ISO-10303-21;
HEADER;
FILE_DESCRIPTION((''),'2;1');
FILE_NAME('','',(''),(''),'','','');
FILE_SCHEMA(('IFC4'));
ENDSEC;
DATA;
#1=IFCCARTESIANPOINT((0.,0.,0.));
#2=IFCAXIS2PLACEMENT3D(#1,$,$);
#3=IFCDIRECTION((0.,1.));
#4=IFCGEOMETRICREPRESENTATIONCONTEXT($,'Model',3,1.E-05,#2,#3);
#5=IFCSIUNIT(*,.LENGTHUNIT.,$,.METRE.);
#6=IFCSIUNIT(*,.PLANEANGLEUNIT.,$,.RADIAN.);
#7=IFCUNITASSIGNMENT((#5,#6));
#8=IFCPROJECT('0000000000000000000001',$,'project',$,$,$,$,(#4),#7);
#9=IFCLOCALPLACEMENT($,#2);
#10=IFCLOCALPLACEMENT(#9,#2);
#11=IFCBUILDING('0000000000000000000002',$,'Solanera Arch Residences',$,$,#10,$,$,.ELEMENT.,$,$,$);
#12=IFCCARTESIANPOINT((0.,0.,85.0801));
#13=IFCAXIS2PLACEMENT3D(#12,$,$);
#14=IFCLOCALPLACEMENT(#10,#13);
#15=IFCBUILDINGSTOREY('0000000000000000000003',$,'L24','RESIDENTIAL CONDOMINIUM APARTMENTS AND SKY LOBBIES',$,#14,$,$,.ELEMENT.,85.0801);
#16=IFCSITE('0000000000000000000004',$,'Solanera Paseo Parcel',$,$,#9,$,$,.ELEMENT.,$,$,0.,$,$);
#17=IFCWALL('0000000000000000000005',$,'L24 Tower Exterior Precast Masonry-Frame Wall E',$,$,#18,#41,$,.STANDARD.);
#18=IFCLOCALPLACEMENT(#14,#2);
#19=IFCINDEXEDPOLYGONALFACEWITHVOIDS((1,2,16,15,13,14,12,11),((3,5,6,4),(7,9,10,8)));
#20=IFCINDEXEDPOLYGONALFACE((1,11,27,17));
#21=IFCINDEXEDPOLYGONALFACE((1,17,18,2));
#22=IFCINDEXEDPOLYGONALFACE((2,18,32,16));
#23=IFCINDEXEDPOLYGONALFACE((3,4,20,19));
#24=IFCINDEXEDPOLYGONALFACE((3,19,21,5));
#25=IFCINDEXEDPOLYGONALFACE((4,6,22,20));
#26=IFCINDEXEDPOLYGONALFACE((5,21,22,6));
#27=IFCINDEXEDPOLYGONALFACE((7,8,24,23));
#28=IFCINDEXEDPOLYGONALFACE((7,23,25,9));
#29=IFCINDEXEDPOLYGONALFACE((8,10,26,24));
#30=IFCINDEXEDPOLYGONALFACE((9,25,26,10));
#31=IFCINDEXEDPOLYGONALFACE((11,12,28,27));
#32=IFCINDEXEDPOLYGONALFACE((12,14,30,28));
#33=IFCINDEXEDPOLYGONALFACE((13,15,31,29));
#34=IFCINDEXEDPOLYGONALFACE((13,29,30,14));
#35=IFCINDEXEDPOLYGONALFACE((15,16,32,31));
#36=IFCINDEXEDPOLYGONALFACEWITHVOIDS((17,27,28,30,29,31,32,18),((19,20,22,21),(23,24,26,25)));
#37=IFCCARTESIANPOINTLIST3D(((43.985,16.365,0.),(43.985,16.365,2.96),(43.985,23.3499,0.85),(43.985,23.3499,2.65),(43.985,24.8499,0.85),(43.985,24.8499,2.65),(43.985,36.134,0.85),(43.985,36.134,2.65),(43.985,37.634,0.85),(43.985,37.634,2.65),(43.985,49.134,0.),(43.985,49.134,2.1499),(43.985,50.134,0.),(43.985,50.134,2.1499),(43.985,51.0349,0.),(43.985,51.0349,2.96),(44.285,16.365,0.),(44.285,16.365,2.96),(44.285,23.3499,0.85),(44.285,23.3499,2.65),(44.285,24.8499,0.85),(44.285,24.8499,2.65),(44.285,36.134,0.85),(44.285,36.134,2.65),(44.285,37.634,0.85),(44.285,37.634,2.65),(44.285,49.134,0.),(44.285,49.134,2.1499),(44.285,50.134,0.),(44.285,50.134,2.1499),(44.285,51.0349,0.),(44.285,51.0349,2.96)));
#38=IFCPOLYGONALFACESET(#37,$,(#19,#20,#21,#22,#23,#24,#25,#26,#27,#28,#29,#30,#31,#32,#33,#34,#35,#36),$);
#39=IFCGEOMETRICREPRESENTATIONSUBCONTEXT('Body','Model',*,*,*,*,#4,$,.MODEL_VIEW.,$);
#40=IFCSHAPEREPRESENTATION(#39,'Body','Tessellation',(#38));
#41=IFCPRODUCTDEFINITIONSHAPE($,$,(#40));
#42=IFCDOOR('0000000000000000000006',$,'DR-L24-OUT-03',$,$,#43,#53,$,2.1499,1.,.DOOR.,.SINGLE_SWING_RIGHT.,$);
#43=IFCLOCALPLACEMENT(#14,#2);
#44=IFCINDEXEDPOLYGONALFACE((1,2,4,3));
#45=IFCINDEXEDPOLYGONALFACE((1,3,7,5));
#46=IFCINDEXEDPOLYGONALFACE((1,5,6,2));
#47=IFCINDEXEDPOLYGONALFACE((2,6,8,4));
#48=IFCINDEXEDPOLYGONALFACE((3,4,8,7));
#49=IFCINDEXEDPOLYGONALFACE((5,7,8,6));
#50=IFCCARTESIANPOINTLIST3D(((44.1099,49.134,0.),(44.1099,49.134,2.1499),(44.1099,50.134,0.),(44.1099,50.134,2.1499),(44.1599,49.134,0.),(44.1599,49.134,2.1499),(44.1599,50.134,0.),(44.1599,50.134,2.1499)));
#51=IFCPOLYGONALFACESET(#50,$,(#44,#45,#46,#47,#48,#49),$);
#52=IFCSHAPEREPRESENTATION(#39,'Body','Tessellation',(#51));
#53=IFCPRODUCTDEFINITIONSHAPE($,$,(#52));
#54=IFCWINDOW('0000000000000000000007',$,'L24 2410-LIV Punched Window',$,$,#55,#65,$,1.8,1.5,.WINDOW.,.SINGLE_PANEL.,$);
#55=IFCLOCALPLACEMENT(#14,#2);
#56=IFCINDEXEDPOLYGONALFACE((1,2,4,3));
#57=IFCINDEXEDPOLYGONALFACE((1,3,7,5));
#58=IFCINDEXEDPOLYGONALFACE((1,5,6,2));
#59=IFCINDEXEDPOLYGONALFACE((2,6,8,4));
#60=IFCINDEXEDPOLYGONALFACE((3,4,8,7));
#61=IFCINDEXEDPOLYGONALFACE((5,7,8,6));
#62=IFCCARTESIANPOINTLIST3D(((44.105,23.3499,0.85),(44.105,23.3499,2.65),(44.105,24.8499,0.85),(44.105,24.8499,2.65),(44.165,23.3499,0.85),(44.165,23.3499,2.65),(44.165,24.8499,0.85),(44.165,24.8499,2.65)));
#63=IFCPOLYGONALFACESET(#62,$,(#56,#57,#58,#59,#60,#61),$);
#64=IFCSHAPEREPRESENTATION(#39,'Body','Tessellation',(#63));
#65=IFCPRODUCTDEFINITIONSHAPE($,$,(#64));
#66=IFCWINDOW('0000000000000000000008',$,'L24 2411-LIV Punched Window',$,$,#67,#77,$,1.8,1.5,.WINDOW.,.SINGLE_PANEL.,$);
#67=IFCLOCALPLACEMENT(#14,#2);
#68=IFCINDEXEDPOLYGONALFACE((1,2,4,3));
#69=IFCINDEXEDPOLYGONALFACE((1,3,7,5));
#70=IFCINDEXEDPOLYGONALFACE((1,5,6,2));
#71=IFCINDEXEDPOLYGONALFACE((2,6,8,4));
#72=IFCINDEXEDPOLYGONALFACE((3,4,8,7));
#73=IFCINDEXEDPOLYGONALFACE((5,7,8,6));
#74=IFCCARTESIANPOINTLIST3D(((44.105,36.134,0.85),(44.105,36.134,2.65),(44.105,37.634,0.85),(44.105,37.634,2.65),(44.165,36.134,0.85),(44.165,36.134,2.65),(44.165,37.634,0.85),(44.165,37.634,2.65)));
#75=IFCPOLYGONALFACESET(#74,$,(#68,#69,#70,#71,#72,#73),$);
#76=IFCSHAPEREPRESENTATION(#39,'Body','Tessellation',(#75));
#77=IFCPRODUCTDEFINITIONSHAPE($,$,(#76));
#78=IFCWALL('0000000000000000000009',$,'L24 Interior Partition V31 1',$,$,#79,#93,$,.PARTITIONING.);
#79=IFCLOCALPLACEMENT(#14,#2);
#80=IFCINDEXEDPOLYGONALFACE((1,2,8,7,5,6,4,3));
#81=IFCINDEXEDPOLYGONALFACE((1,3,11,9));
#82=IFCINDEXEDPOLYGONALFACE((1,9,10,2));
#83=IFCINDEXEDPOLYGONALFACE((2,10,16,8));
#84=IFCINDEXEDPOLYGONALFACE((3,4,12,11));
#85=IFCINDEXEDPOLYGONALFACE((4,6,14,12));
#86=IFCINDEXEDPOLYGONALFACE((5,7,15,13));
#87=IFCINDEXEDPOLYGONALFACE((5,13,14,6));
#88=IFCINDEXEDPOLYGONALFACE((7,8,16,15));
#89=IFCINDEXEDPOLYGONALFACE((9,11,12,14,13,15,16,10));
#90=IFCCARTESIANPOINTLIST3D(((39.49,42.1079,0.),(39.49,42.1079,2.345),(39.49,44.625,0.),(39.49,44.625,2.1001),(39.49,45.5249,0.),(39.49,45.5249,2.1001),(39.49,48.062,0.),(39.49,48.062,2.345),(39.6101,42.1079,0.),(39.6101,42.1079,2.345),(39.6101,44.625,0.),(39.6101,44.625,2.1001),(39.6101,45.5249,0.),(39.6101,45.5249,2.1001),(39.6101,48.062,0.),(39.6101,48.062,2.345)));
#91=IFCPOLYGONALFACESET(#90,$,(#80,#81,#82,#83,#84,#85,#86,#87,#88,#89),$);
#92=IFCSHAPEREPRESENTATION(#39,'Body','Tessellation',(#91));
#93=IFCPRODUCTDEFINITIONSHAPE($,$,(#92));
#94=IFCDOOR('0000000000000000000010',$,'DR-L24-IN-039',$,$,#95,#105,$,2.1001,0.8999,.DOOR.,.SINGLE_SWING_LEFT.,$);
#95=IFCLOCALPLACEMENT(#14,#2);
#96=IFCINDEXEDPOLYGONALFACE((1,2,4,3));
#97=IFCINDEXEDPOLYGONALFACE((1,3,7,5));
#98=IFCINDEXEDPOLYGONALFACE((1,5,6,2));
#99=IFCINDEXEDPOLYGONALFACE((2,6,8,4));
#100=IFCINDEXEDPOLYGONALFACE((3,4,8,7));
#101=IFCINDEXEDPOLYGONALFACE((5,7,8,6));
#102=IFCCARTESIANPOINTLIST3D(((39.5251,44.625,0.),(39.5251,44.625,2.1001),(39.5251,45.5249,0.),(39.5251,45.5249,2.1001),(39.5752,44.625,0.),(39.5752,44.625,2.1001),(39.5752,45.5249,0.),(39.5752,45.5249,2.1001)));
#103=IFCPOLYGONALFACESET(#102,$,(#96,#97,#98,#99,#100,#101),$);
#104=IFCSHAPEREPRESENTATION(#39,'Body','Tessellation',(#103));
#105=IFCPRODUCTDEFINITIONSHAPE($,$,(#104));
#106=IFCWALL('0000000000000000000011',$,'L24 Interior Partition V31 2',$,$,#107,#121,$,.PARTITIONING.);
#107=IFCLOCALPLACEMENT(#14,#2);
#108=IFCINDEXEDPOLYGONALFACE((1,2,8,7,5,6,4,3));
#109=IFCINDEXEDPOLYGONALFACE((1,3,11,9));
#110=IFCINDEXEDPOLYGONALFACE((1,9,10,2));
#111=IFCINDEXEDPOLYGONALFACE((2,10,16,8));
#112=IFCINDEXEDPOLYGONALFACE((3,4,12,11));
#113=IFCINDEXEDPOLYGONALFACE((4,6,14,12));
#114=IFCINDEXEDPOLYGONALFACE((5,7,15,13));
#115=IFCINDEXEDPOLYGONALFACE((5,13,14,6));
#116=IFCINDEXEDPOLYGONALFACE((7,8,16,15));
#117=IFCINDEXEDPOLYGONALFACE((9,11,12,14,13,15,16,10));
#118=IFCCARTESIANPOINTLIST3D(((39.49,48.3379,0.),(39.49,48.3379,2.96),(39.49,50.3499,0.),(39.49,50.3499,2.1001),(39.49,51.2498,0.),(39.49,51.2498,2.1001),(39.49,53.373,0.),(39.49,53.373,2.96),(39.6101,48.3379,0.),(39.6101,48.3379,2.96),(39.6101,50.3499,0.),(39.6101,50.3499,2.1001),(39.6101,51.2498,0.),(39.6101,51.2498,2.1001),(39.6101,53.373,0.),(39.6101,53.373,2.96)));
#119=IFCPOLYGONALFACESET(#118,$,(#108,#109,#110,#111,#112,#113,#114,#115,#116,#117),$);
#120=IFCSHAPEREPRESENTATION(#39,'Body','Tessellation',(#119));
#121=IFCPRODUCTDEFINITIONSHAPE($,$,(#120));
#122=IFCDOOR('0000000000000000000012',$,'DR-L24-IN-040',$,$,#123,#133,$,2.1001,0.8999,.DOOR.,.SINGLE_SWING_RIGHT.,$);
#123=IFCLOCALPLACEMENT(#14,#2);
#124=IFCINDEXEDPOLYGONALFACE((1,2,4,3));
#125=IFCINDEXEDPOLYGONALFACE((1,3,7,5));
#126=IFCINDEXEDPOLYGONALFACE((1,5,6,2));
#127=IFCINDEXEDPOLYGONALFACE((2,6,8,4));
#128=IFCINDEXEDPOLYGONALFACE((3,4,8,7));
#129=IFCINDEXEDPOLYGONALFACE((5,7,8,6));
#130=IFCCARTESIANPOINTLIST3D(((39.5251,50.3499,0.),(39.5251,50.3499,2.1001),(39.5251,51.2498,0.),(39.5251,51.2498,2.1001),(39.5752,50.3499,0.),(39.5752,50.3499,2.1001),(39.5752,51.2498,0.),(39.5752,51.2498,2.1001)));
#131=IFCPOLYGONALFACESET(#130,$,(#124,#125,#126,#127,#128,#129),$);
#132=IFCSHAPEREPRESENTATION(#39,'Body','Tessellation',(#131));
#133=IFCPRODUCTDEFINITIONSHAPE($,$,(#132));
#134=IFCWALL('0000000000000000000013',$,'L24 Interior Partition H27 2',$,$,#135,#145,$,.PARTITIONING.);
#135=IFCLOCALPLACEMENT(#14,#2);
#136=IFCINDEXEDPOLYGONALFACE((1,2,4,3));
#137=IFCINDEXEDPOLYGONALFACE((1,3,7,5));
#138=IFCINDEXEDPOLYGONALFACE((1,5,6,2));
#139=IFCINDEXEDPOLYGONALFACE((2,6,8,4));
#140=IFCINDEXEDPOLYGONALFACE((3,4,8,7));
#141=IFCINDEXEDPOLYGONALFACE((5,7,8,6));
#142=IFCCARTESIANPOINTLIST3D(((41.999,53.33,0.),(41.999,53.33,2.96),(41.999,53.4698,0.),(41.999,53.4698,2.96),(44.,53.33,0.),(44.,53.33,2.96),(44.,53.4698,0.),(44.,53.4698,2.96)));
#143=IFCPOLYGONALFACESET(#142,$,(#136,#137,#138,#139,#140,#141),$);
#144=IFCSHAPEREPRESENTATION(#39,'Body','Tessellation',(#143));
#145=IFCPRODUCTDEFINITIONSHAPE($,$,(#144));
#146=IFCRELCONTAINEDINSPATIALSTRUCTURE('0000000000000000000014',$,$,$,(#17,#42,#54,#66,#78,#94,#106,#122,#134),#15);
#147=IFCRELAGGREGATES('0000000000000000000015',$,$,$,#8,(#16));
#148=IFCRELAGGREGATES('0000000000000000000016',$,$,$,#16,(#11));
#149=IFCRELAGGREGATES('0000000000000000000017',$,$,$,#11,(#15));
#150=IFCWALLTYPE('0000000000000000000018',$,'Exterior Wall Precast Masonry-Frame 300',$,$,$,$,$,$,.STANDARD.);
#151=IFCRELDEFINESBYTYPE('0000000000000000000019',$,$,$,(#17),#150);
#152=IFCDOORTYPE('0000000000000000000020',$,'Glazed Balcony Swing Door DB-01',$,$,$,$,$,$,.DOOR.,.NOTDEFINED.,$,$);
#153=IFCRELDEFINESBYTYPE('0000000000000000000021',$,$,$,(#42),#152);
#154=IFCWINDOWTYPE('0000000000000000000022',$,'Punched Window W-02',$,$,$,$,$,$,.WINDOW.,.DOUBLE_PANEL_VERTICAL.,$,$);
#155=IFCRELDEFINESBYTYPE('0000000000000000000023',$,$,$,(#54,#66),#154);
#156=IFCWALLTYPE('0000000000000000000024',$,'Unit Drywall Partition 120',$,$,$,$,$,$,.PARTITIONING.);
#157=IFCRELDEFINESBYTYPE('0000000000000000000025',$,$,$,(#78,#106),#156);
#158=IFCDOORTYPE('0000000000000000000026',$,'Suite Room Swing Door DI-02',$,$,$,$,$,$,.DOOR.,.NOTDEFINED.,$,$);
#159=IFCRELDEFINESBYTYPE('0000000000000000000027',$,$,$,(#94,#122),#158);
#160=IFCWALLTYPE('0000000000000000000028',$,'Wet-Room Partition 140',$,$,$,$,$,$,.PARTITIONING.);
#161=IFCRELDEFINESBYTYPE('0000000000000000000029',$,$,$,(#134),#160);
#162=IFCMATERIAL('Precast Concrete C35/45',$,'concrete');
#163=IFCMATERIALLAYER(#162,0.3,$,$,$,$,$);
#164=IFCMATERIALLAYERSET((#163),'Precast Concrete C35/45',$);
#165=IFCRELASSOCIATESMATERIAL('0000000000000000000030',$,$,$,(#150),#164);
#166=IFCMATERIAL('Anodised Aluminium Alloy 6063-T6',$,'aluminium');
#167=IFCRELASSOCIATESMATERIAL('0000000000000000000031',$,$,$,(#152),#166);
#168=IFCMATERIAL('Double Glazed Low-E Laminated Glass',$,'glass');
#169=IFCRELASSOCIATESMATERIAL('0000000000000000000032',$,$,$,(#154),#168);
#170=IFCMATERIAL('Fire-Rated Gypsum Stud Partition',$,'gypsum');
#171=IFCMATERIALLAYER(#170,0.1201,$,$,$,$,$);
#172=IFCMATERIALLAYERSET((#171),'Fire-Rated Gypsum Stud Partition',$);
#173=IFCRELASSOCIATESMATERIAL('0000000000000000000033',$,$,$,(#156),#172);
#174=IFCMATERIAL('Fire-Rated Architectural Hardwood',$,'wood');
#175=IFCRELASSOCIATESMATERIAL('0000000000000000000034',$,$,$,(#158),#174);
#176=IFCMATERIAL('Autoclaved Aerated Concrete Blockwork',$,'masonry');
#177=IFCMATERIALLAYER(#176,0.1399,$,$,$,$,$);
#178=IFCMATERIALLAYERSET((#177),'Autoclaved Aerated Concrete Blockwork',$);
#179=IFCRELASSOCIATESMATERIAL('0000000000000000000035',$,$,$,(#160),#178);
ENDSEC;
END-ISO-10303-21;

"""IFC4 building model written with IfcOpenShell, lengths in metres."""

from ifc_helpers import new_model, si_unit, direction, frame, frame_2d, origin, place, context, subcontext, project, spatial, rectangle, extrude, material, layer, layer_set, type_object, element, fill, save


model = new_model("IFC4")

# Units and contexts
model_context = context("Model", 3, precision=1e-05, world=origin(), true_north=direction((0.0, 1.0)))
body_context = subcontext(model_context, "Body", "Model", "MODEL_VIEW")
ifc_project = project(units=[si_unit("LENGTHUNIT", "METRE"), si_unit("PLANEANGLEUNIT", "RADIAN")], contexts=[model_context])

# Site, building, storey
site_placement = place(None, origin())
site = spatial("IfcSite", under=ifc_project, at=site_placement, Name="Solanera Paseo Parcel", CompositionType="ELEMENT", RefElevation=0.0)
building_placement = place(site_placement, origin())
building = spatial("IfcBuilding", under=site, at=building_placement, Name="Solanera Arch Residences", CompositionType="ELEMENT")
storey_placement = place(building_placement, frame((0.0, 0.0, 85.0801)))
storey = spatial("IfcBuildingStorey", under=building, at=storey_placement, Name="L24", Description="RESIDENTIAL CONDOMINIUM APARTMENTS AND SKY LOBBIES", CompositionType="ELEMENT", Elevation=85.0801)

# Shared definitions
ifc_material_1 = material(Name="Precast Concrete C35/45", Category="concrete")
ifc_layer_1 = layer(ifc_material_1, 0.3)
ifc_layer_set_1 = layer_set([ifc_layer_1], Name="Precast Concrete C35/45")
wall_type_1 = type_object("IfcWallType", Name="Exterior Wall Precast Masonry-Frame 300", PredefinedType="STANDARD", material=ifc_layer_set_1)

# Wall, openings, door, windows
wall_1_placement = place(storey_placement, frame((44.135, 51.0349, 0.0), z_axis=(0.0, 0.0, 1.0), x_axis=(0.0, -1.0, 0.0)))
wall_1 = element("IfcWall", 1, at=wall_1_placement, inside=storey, type_object=wall_type_1, Name="L24 Tower Exterior Precast Masonry-Frame Wall E", PredefinedType="STANDARD", context=body_context, shape_type="SweptSolid", body=[
    extrude(rectangle(XDim=34.6699, YDim=0.3, at=frame_2d((17.335, 0.0))), origin(), (0.0, 0.0, 1.0), 2.96),
])
opening_1_placement = place(wall_1_placement, frame((0.9009, 0.0, 0.0)))
opening_1 = element("IfcOpeningElement", 2, at=opening_1_placement, cuts=wall_1, PredefinedType="OPENING", context=body_context, shape_type="SweptSolid", body=[
    extrude(rectangle(XDim=1.0, YDim=2.1499, at=frame_2d((0.5, 1.075))), frame((0.0, 0.1599, 0.0), z_axis=(0.0, -1.0, 0.0), x_axis=(1.0, 0.0, 0.0)), (0.0, 0.0, 1.0), 0.32),
])
opening_2_placement = place(wall_1_placement, frame((26.1851, 0.0, 0.8501)))
opening_2 = element("IfcOpeningElement", 3, at=opening_2_placement, cuts=wall_1, PredefinedType="OPENING", context=body_context, shape_type="SweptSolid", body=[
    extrude(rectangle(XDim=1.5, YDim=1.8, at=frame_2d((0.75, 0.8999))), frame((0.0, 0.1599, 0.0), z_axis=(0.0, -1.0, 0.0), x_axis=(1.0, 0.0, 0.0)), (0.0, 0.0, 1.0), 0.32),
])
opening_3_placement = place(wall_1_placement, frame((13.4009, 0.0, 0.8501)))
opening_3 = element("IfcOpeningElement", 4, at=opening_3_placement, cuts=wall_1, PredefinedType="OPENING", context=body_context, shape_type="SweptSolid", body=[
    extrude(rectangle(XDim=1.5, YDim=1.8, at=frame_2d((0.75, 0.8999))), frame((0.0, 0.1599, 0.0), z_axis=(0.0, -1.0, 0.0), x_axis=(1.0, 0.0, 0.0)), (0.0, 0.0, 1.0), 0.32),
])
ifc_material_2 = material(Name="Anodised Aluminium Alloy 6063-T6", Category="aluminium")
door_type_1 = type_object("IfcDoorType", Name="Glazed Balcony Swing Door DB-01", OperationType="NOTDEFINED", PredefinedType="DOOR", material=ifc_material_2)
door_1_placement = place(opening_1_placement, origin())
door_1 = element("IfcDoor", 5, at=door_1_placement, inside=storey, type_object=door_type_1, Name="DR-L24-OUT-03", OperationType="SINGLE_SWING_RIGHT", OverallHeight=2.1499, OverallWidth=1.0, PredefinedType="DOOR", context=body_context, shape_type="SweptSolid", body=[
    extrude(rectangle(XDim=1.0, YDim=2.1499, at=frame_2d((0.5, 1.075))), frame((0.0, 0.0249, 0.0), z_axis=(0.0, -1.0, 0.0), x_axis=(1.0, 0.0, 0.0)), (0.0, 0.0, 1.0), 0.05),
])
fill(opening_1, door_1)
ifc_material_3 = material(Name="Double Glazed Low-E Laminated Glass", Category="glass")
window_type = type_object("IfcWindowType", Name="Punched Window W-02", PartitioningType="DOUBLE_PANEL_VERTICAL", PredefinedType="WINDOW", material=ifc_material_3)
window_1_placement = place(opening_2_placement, origin())
window_1 = element("IfcWindow", 6, at=window_1_placement, inside=storey, type_object=window_type, Name="L24 2410-LIV Punched Window", OverallHeight=1.8, OverallWidth=1.5, PartitioningType="SINGLE_PANEL", PredefinedType="WINDOW", context=body_context, shape_type="SweptSolid", body=[
    extrude(rectangle(XDim=1.5, YDim=1.8, at=frame_2d((0.75, 0.8999))), frame((0.0, 0.03, 0.0), z_axis=(0.0, -1.0, 0.0), x_axis=(1.0, 0.0, 0.0)), (0.0, 0.0, 1.0), 0.0601),
])
fill(opening_2, window_1)
window_2_placement = place(opening_3_placement, origin())
window_2 = element("IfcWindow", 7, at=window_2_placement, inside=storey, type_object=window_type, Name="L24 2411-LIV Punched Window", OverallHeight=1.8, OverallWidth=1.5, PartitioningType="SINGLE_PANEL", PredefinedType="WINDOW", context=body_context, shape_type="SweptSolid", body=[
    extrude(rectangle(XDim=1.5, YDim=1.8, at=frame_2d((0.75, 0.8999))), frame((0.0, 0.03, 0.0), z_axis=(0.0, -1.0, 0.0), x_axis=(1.0, 0.0, 0.0)), (0.0, 0.0, 1.0), 0.0601),
])
fill(opening_3, window_2)

# Walls, openings, doors
ifc_material_4 = material(Name="Fire-Rated Gypsum Stud Partition", Category="gypsum")
ifc_layer_2 = layer(ifc_material_4, 0.1201)
ifc_layer_set_2 = layer_set([ifc_layer_2], Name="Fire-Rated Gypsum Stud Partition")
wall_type_2 = type_object("IfcWallType", Name="Unit Drywall Partition 120", PredefinedType="PARTITIONING", material=ifc_layer_set_2)
wall_2_placement = place(storey_placement, frame((39.55, 42.1079, 0.0), z_axis=(0.0, 0.0, 1.0), x_axis=(0.0, 1.0, 0.0)))
wall_2 = element("IfcWall", 8, at=wall_2_placement, inside=storey, type_object=wall_type_2, Name="L24 Interior Partition V31 1", PredefinedType="PARTITIONING", context=body_context, shape_type="SweptSolid", body=[
    extrude(rectangle(XDim=5.9541, YDim=0.1201, at=frame_2d((2.9771, 0.0))), origin(), (0.0, 0.0, 1.0), 2.345),
])
opening_4_placement = place(wall_2_placement, frame((2.5171, 0.0, 0.0)))
opening_4 = element("IfcOpeningElement", 9, at=opening_4_placement, cuts=wall_2, PredefinedType="OPENING", context=body_context, shape_type="SweptSolid", body=[
    extrude(rectangle(XDim=0.8999, YDim=2.1001, at=frame_2d((0.45, 1.05))), frame((0.0, 0.0701, 0.0), z_axis=(0.0, -1.0, 0.0), x_axis=(1.0, 0.0, 0.0)), (0.0, 0.0, 1.0), 0.1401),
])
ifc_material_5 = material(Name="Fire-Rated Architectural Hardwood", Category="wood")
door_type_2 = type_object("IfcDoorType", Name="Suite Room Swing Door DI-02", OperationType="NOTDEFINED", PredefinedType="DOOR", material=ifc_material_5)
door_2_placement = place(opening_4_placement, origin())
door_2 = element("IfcDoor", 10, at=door_2_placement, inside=storey, type_object=door_type_2, Name="DR-L24-IN-039", OperationType="SINGLE_SWING_LEFT", OverallHeight=2.1001, OverallWidth=0.8999, PredefinedType="DOOR", context=body_context, shape_type="SweptSolid", body=[
    extrude(rectangle(XDim=0.8999, YDim=2.1001, at=frame_2d((0.45, 1.05))), frame((0.0, 0.0249, 0.0), z_axis=(0.0, -1.0, 0.0), x_axis=(1.0, 0.0, 0.0)), (0.0, 0.0, 1.0), 0.05),
])
fill(opening_4, door_2)
wall_3_placement = place(storey_placement, frame((39.55, 48.3379, 0.0), z_axis=(0.0, 0.0, 1.0), x_axis=(0.0, 1.0, 0.0)))
wall_3 = element("IfcWall", 11, at=wall_3_placement, inside=storey, type_object=wall_type_2, Name="L24 Interior Partition V31 2", PredefinedType="PARTITIONING", context=body_context, shape_type="SweptSolid", body=[
    extrude(rectangle(XDim=5.0352, YDim=0.1201, at=frame_2d((2.5176, 0.0))), origin(), (0.0, 0.0, 1.0), 2.96),
])
opening_5_placement = place(wall_3_placement, frame((2.012, 0.0, 0.0)))
opening_5 = element("IfcOpeningElement", 12, at=opening_5_placement, cuts=wall_3, PredefinedType="OPENING", context=body_context, shape_type="SweptSolid", body=[
    extrude(rectangle(XDim=0.8999, YDim=2.1001, at=frame_2d((0.45, 1.05))), frame((0.0, 0.0701, 0.0), z_axis=(0.0, -1.0, 0.0), x_axis=(1.0, 0.0, 0.0)), (0.0, 0.0, 1.0), 0.1401),
])
door_3_placement = place(opening_5_placement, origin())
door_3 = element("IfcDoor", 13, at=door_3_placement, inside=storey, type_object=door_type_2, Name="DR-L24-IN-040", OperationType="SINGLE_SWING_RIGHT", OverallHeight=2.1001, OverallWidth=0.8999, PredefinedType="DOOR", context=body_context, shape_type="SweptSolid", body=[
    extrude(rectangle(XDim=0.8999, YDim=2.1001, at=frame_2d((0.45, 1.05))), frame((0.0, 0.0249, 0.0), z_axis=(0.0, -1.0, 0.0), x_axis=(1.0, 0.0, 0.0)), (0.0, 0.0, 1.0), 0.05),
])
fill(opening_5, door_3)

# Wall
ifc_material_6 = material(Name="Autoclaved Aerated Concrete Blockwork", Category="masonry")
ifc_layer_3 = layer(ifc_material_6, 0.1399)
ifc_layer_set_3 = layer_set([ifc_layer_3], Name="Autoclaved Aerated Concrete Blockwork")
wall_type_3 = type_object("IfcWallType", Name="Wet-Room Partition 140", PredefinedType="PARTITIONING", material=ifc_layer_set_3)
wall_4_placement = place(storey_placement, frame((41.999, 53.3999, 0.0), z_axis=(0.0, 0.0, 1.0), x_axis=(1.0, 0.0, 0.0)))
element("IfcWall", 14, at=wall_4_placement, inside=storey, type_object=wall_type_3, Name="L24 Interior Partition H27 2", PredefinedType="PARTITIONING", context=body_context, shape_type="SweptSolid", body=[
    extrude(rectangle(XDim=2.001, YDim=0.1399, at=frame_2d((1.0005, 0.0))), origin(), (0.0, 0.0, 1.0), 2.96),
])

save(model, "model.ifc")
